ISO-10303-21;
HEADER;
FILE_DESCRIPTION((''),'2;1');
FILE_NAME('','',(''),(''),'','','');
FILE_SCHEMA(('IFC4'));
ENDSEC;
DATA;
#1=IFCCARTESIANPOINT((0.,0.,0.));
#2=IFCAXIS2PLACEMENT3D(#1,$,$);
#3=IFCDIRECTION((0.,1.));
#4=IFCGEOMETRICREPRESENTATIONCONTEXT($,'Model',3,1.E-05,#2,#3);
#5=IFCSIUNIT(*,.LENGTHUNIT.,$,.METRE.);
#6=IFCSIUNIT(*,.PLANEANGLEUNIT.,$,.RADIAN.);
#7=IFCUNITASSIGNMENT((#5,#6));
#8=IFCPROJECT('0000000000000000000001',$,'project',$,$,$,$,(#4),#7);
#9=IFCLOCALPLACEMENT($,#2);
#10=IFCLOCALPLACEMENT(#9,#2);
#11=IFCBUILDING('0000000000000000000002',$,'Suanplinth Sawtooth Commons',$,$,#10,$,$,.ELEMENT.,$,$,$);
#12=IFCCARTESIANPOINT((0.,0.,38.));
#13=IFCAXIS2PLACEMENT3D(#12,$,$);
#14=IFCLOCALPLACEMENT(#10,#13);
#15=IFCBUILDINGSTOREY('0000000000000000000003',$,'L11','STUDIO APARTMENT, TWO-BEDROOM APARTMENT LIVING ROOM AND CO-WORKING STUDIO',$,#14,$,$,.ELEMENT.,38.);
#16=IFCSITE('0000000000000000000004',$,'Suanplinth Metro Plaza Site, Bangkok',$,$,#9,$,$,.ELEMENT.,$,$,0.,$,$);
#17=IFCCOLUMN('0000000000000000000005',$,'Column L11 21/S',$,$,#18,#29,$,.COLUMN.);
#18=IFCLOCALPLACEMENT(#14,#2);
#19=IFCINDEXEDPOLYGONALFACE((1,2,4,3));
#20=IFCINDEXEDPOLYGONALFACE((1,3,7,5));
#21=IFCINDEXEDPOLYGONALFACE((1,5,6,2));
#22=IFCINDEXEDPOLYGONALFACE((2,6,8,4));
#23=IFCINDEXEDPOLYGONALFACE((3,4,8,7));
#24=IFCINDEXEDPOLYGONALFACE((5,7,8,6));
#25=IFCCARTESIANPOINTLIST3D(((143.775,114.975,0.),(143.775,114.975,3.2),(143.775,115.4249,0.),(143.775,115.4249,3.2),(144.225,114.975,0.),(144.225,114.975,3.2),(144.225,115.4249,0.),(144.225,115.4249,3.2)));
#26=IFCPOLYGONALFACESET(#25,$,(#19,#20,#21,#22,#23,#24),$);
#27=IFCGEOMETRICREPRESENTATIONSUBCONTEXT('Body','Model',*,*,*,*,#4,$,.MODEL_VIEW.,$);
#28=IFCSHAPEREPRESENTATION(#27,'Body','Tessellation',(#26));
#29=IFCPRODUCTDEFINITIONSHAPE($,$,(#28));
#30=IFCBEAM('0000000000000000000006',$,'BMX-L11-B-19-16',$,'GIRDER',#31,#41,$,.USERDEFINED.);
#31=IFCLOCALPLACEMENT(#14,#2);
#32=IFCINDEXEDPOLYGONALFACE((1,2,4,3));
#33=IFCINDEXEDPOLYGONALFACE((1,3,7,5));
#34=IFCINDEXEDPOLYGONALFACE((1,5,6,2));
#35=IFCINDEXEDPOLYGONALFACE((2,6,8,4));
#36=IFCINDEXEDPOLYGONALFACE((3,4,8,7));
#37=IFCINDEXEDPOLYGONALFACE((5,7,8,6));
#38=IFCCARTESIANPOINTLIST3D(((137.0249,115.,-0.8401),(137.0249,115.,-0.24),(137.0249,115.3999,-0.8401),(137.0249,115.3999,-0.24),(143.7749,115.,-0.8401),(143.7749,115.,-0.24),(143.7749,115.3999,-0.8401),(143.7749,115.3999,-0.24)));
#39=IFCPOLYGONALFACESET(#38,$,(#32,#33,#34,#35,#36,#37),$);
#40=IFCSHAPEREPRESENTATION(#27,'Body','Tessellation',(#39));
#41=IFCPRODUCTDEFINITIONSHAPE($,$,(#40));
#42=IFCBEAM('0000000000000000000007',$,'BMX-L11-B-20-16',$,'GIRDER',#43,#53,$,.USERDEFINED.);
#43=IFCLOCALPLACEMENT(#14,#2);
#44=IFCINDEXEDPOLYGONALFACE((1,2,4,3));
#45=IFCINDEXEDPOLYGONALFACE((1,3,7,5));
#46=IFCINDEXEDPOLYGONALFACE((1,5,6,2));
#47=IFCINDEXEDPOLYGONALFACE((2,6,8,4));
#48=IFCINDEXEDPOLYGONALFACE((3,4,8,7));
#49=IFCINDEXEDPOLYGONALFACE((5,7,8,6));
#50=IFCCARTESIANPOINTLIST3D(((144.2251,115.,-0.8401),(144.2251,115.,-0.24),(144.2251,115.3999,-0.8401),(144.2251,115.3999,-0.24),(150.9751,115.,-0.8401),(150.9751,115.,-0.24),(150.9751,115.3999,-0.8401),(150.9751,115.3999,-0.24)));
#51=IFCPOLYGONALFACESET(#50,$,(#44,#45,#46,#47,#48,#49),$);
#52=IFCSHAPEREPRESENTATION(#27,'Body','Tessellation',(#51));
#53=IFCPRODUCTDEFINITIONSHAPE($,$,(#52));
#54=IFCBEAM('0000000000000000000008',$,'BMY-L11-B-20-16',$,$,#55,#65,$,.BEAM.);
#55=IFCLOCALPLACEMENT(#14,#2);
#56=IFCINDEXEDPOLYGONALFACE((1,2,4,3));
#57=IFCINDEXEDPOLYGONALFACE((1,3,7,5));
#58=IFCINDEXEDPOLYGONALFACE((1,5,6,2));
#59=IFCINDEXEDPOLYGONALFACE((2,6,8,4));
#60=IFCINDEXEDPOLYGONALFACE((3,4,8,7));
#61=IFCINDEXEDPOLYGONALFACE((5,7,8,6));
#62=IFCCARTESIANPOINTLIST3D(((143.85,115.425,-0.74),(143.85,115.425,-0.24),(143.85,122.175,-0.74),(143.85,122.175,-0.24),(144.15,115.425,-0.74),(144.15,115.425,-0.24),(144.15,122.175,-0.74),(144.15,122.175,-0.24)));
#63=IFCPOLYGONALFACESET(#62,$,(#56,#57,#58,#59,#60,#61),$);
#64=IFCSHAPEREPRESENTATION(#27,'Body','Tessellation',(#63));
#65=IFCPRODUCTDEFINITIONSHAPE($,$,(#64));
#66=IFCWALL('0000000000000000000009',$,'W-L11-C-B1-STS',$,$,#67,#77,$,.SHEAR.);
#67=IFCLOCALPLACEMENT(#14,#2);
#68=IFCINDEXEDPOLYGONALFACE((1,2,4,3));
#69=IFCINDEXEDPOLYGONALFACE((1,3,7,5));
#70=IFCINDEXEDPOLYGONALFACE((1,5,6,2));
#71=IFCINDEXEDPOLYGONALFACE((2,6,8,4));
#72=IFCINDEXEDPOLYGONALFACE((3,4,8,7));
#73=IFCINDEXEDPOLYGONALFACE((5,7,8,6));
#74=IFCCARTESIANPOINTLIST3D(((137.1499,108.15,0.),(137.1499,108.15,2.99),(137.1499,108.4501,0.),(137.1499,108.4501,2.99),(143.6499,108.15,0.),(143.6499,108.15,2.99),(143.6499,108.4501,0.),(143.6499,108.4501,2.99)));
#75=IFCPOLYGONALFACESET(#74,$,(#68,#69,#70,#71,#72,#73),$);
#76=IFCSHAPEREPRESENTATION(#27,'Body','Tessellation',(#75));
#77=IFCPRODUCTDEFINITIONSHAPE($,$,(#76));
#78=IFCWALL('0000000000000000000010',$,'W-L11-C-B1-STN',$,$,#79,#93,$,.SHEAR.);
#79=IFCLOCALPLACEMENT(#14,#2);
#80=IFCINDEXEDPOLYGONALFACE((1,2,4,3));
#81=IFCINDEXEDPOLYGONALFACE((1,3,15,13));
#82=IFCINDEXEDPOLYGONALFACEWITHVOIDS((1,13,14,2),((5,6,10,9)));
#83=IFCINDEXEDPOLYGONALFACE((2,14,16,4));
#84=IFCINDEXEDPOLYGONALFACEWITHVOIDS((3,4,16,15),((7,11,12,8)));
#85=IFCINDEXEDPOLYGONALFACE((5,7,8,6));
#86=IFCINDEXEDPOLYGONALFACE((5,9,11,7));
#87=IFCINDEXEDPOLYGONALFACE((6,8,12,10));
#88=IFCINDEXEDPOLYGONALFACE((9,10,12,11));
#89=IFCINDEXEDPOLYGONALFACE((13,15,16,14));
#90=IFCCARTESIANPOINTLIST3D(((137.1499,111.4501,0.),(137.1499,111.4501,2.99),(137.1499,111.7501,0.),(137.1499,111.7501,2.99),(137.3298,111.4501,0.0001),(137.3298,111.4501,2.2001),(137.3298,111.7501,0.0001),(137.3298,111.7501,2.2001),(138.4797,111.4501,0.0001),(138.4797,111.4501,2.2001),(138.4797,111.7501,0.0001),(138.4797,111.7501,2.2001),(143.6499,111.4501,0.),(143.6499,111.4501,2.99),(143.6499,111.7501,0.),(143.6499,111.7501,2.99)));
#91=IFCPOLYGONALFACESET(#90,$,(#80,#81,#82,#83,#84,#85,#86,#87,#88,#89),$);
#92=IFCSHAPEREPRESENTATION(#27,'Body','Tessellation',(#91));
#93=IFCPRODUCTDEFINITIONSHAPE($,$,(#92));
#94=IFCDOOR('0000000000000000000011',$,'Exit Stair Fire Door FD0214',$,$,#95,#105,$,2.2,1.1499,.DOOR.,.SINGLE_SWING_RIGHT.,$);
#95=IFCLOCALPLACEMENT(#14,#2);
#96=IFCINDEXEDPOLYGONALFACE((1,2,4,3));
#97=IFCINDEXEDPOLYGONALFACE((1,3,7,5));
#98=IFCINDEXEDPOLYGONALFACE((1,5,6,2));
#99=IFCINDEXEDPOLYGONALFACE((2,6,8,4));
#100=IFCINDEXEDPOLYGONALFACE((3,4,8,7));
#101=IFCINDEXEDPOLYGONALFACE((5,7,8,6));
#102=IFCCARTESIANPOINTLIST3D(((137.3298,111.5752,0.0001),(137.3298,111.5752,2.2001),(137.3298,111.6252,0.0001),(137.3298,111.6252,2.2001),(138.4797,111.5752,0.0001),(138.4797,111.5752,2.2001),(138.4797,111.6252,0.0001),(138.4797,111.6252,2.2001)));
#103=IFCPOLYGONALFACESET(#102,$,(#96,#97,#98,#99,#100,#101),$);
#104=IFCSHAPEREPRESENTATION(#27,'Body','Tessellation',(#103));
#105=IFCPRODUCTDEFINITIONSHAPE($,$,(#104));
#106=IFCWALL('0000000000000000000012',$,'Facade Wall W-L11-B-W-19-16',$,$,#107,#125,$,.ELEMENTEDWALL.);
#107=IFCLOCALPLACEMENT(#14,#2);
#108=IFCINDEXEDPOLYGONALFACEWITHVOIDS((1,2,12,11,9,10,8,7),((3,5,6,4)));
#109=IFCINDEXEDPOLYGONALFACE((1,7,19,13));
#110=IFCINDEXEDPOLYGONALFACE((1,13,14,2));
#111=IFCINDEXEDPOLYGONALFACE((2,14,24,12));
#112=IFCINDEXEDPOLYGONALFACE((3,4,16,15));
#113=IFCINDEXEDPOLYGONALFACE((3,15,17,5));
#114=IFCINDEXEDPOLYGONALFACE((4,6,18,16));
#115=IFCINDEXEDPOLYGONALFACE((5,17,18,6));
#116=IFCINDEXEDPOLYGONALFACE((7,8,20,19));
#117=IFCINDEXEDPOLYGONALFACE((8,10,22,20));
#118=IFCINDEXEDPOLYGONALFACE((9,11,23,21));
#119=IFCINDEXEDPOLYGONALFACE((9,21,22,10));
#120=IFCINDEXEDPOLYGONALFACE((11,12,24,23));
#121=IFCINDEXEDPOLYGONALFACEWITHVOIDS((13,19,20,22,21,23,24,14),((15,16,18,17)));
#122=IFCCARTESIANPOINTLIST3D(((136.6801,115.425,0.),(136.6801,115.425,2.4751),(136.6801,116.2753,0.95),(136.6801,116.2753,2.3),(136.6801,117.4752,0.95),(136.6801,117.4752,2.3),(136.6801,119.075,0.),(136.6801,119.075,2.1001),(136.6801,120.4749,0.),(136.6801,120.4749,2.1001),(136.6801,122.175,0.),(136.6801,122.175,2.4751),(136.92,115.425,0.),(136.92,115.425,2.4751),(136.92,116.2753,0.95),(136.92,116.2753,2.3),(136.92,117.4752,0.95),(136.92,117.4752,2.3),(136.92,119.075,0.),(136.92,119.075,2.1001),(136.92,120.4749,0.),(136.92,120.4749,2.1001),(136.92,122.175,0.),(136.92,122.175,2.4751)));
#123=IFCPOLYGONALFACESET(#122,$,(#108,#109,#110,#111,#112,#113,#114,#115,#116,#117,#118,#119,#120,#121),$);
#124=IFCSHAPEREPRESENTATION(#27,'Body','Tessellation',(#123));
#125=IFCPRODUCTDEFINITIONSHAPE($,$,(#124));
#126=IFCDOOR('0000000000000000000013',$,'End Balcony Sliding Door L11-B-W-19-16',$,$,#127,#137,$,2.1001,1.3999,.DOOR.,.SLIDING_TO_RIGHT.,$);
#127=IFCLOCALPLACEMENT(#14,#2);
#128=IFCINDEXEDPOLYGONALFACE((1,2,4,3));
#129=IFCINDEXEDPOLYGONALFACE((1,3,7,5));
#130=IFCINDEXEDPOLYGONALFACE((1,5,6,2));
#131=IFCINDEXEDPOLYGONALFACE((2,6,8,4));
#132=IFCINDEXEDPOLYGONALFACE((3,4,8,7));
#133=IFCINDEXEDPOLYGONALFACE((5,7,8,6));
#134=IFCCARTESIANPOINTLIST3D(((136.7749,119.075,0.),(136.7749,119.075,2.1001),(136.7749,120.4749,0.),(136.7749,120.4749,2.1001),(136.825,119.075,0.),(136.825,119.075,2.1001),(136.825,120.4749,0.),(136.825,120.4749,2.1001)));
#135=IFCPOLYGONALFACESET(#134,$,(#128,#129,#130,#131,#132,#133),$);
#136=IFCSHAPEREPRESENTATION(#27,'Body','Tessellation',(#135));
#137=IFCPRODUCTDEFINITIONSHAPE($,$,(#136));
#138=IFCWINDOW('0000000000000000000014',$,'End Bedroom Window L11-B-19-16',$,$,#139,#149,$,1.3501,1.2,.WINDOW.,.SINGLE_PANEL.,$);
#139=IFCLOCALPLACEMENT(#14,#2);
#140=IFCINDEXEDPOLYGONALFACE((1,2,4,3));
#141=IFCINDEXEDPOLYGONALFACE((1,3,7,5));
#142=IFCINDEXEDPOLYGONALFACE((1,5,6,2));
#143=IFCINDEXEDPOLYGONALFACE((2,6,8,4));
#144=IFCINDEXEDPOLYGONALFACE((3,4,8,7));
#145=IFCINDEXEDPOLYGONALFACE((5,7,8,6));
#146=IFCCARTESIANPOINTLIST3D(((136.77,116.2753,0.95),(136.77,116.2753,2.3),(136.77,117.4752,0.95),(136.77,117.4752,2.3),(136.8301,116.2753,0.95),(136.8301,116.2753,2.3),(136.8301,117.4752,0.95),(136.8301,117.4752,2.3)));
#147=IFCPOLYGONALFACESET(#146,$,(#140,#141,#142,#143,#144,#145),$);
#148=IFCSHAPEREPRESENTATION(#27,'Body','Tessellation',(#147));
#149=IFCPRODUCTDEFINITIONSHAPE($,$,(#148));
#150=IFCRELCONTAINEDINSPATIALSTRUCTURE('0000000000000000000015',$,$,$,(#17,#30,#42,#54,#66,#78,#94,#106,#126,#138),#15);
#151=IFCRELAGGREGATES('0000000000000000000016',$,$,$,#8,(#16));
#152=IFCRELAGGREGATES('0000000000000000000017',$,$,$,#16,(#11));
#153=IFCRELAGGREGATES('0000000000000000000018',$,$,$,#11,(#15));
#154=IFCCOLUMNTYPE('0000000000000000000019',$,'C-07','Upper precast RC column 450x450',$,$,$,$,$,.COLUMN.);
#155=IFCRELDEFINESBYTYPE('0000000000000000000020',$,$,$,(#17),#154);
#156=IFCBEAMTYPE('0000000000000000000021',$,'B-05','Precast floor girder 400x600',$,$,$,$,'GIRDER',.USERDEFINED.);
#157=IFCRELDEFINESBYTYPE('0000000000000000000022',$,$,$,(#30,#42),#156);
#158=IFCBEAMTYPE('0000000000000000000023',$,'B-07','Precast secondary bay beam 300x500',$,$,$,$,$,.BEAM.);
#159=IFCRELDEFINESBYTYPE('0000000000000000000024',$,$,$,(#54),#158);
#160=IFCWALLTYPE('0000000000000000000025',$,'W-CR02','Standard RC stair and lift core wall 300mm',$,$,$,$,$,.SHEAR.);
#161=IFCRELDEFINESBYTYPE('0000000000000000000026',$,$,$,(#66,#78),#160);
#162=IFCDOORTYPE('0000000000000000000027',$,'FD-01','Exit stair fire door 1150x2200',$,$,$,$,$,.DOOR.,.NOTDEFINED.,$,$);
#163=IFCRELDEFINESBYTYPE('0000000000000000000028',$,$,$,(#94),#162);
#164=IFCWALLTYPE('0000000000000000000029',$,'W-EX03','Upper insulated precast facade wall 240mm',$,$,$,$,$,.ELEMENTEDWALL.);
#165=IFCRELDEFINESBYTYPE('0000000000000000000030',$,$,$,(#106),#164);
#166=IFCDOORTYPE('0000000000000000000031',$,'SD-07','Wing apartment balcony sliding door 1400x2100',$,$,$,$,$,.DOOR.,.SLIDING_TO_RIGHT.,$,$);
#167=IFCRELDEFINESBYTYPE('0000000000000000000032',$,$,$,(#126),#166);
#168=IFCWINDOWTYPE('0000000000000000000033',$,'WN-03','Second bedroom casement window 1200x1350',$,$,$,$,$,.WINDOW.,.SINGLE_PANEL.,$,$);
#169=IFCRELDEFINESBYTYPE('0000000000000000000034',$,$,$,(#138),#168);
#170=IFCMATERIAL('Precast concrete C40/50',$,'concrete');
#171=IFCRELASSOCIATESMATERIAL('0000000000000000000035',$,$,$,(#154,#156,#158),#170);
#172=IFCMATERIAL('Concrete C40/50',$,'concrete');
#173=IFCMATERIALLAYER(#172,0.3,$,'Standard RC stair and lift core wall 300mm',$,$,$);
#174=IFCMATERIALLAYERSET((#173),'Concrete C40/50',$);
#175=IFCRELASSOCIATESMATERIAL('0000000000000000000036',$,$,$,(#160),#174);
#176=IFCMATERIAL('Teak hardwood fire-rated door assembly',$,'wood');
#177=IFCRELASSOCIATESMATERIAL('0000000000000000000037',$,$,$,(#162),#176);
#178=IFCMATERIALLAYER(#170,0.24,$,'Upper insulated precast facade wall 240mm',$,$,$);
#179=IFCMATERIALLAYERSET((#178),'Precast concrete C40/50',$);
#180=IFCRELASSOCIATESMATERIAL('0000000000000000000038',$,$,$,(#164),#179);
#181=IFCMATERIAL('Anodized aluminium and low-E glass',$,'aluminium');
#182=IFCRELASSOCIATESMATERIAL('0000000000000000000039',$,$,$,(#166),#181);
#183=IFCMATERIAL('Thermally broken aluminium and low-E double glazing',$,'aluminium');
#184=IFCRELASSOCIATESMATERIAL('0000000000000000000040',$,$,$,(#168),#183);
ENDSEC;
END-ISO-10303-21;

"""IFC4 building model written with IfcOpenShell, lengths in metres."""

from ifc_helpers import new_model, si_unit, direction, frame, frame_2d, origin, origin_2d, place, context, subcontext, project, spatial, rectangle, extrude, material, layer, layer_set, material_profile, profile_set, type_object, element, fill, save


model = new_model("IFC4")

# Units and contexts
model_context = context("Model", 3, precision=1e-05, world=origin(), true_north=direction((0.0, 1.0)))
body_context = subcontext(model_context, "Body", "Model", "MODEL_VIEW")
ifc_project = project(units=[si_unit("LENGTHUNIT", "METRE"), si_unit("PLANEANGLEUNIT", "RADIAN")], contexts=[model_context])

# Site, building, storey
site_placement = place(None, origin())
site = spatial("IfcSite", under=ifc_project, at=site_placement, Name="Suanplinth Metro Plaza Site, Bangkok", CompositionType="ELEMENT", RefElevation=0.0)
building_placement = place(site_placement, origin())
building = spatial("IfcBuilding", under=site, at=building_placement, Name="Suanplinth Sawtooth Commons", CompositionType="ELEMENT")
storey_placement = place(building_placement, frame((0.0, 0.0, 38.0)))
storey = spatial("IfcBuildingStorey", under=building, at=storey_placement, Name="L11", Description="STUDIO APARTMENT, TWO-BEDROOM APARTMENT LIVING ROOM AND CO-WORKING STUDIO", CompositionType="ELEMENT", Elevation=38.0)

# Column
ifc_material_1 = material(Name="Precast concrete C40/50", Category="concrete")
ifc_material_profile_1 = material_profile(ifc_material_1, rectangle(XDim=0.45, YDim=0.45, at=origin_2d()), Name="PC-COL 450x450")
ifc_profile_set_1 = profile_set([ifc_material_profile_1], Name="Precast concrete C40/50")
column_type = type_object("IfcColumnType", Name="C-07", Description="Upper precast RC column 450x450", PredefinedType="COLUMN", material=ifc_profile_set_1)
column_placement = place(storey_placement, frame((144.0, 115.2, 0.0), z_axis=(0.0, 0.0, 1.0), x_axis=(1.0, 0.0, 0.0)))
element("IfcColumn", 1, at=column_placement, inside=storey, type_object=column_type, Name="Column L11 21/S", PredefinedType="COLUMN", context=body_context, shape_type="SweptSolid", body=[
    extrude(rectangle(XDim=0.45, YDim=0.45, at=origin_2d()), origin(), (0.0, 0.0, 1.0), 3.2),
])

# Beams
ifc_material_profile_2 = material_profile(ifc_material_1, rectangle(XDim=0.3999, YDim=0.6001, at=origin_2d()), Name="PC-GDR 400x600")
ifc_profile_set_2 = profile_set([ifc_material_profile_2], Name="Precast concrete C40/50")
beam_type_1 = type_object("IfcBeamType", Name="B-05", Description="Precast floor girder 400x600", ElementType="GIRDER", PredefinedType="USERDEFINED", material=ifc_profile_set_2)
for number, where, z_axis, x_axis, name in (
    (2, (137.0249, 115.2, -0.54), (1.0, 0.0, 0.0), (0.0, 1.0, 0.0), "BMX-L11-B-19-16"),
    (3, (144.2251, 115.2, -0.54), (1.0, 0.0, 0.0), (0.0, 1.0, 0.0), "BMX-L11-B-20-16"),
):
    element("IfcBeam", number, at=place(storey_placement, frame(where, z_axis=z_axis, x_axis=x_axis)), inside=storey, type_object=beam_type_1, Name=name, ObjectType="GIRDER", PredefinedType="USERDEFINED", context=body_context, shape_type="SweptSolid", body=[
        extrude(rectangle(XDim=0.3999, YDim=0.6001, at=origin_2d()), origin(), (0.0, 0.0, 1.0), 6.75),
    ])
ifc_material_profile_3 = material_profile(ifc_material_1, rectangle(XDim=0.3, YDim=0.5, at=origin_2d()), Name="PC-BM 300x500")
ifc_profile_set_3 = profile_set([ifc_material_profile_3], Name="Precast concrete C40/50")
beam_type_2 = type_object("IfcBeamType", Name="B-07", Description="Precast secondary bay beam 300x500", PredefinedType="BEAM", material=ifc_profile_set_3)
beam_placement = place(storey_placement, frame((144.0, 115.425, -0.49), z_axis=(0.0, 1.0, 0.0), x_axis=(-1.0, 0.0, 0.0)))
element("IfcBeam", 4, at=beam_placement, inside=storey, type_object=beam_type_2, Name="BMY-L11-B-20-16", PredefinedType="BEAM", context=body_context, shape_type="SweptSolid", body=[
    extrude(rectangle(XDim=0.3, YDim=0.5, at=origin_2d()), origin(), (0.0, 0.0, 1.0), 6.75),
])

# Wall
ifc_material_2 = material(Name="Concrete C40/50", Category="concrete")
ifc_layer_1 = layer(ifc_material_2, 0.3, Name="Standard RC stair and lift core wall 300mm")
ifc_layer_set_1 = layer_set([ifc_layer_1], Name="Concrete C40/50")
wall_type_1 = type_object("IfcWallType", Name="W-CR02", Description="Standard RC stair and lift core wall 300mm", PredefinedType="SHEAR", material=ifc_layer_set_1)
wall_1_placement = place(storey_placement, frame((137.1499, 108.3, 0.0), z_axis=(0.0, 0.0, 1.0), x_axis=(1.0, 0.0, 0.0)))
element("IfcWall", 5, at=wall_1_placement, inside=storey, type_object=wall_type_1, Name="W-L11-C-B1-STS", PredefinedType="SHEAR", context=body_context, shape_type="SweptSolid", body=[
    extrude(rectangle(XDim=6.5, YDim=0.3, at=frame_2d((3.25, 0.0))), origin(), (0.0, 0.0, 1.0), 2.99),
])

# Wall, opening, door
wall_2_placement = place(storey_placement, frame((137.1499, 111.6001, 0.0), z_axis=(0.0, 0.0, 1.0), x_axis=(1.0, 0.0, 0.0)))
wall_2 = element("IfcWall", 6, at=wall_2_placement, inside=storey, type_object=wall_type_1, Name="W-L11-C-B1-STN", PredefinedType="SHEAR", context=body_context, shape_type="SweptSolid", body=[
    extrude(rectangle(XDim=6.5, YDim=0.3, at=frame_2d((3.25, 0.0))), origin(), (0.0, 0.0, 1.0), 2.99),
])
opening_1_placement = place(wall_2_placement, frame((0.1799, 0.0, 0.0)))
opening_1 = element("IfcOpeningElement", 7, at=opening_1_placement, cuts=wall_2, PredefinedType="OPENING", context=body_context, shape_type="SweptSolid", body=[
    extrude(rectangle(XDim=1.1499, YDim=2.2, at=frame_2d((0.575, 1.1001))), frame((0.0, 0.165, 0.0), z_axis=(0.0, -1.0, 0.0), x_axis=(1.0, 0.0, 0.0)), (0.0, 0.0, 1.0), 0.3298),
])
ifc_material_3 = material(Name="Teak hardwood fire-rated door assembly", Category="wood")
door_type_1 = type_object("IfcDoorType", Name="FD-01", Description="Exit stair fire door 1150x2200", OperationType="NOTDEFINED", PredefinedType="DOOR", material=ifc_material_3)
door_1_placement = place(opening_1_placement, frame((1.1499, 0.0, 0.0), z_axis=(0.0, 0.0, 1.0), x_axis=(-1.0, 0.0, 0.0)))
door_1 = element("IfcDoor", 8, at=door_1_placement, inside=storey, type_object=door_type_1, Name="Exit Stair Fire Door FD0214", OperationType="SINGLE_SWING_RIGHT", OverallHeight=2.2, OverallWidth=1.1499, PredefinedType="DOOR", context=body_context, shape_type="SweptSolid", body=[
    extrude(rectangle(XDim=1.1499, YDim=2.2, at=frame_2d((0.575, 1.1001))), frame((0.0, 0.0249, 0.0), z_axis=(0.0, -1.0, 0.0), x_axis=(1.0, 0.0, 0.0)), (0.0, 0.0, 1.0), 0.05),
])
fill(opening_1, door_1)

# Wall, openings, door, window
ifc_layer_2 = layer(ifc_material_1, 0.24, Name="Upper insulated precast facade wall 240mm")
ifc_layer_set_2 = layer_set([ifc_layer_2], Name="Precast concrete C40/50")
wall_type_2 = type_object("IfcWallType", Name="W-EX03", Description="Upper insulated precast facade wall 240mm", PredefinedType="ELEMENTEDWALL", material=ifc_layer_set_2)
wall_3_placement = place(storey_placement, frame((136.8, 115.425, 0.0), z_axis=(0.0, 0.0, 1.0), x_axis=(0.0, 1.0, 0.0)))
wall_3 = element("IfcWall", 9, at=wall_3_placement, inside=storey, type_object=wall_type_2, Name="Facade Wall W-L11-B-W-19-16", PredefinedType="ELEMENTEDWALL", context=body_context, shape_type="SweptSolid", body=[
    extrude(rectangle(XDim=6.75, YDim=0.24, at=frame_2d((3.375, 0.0))), origin(), (0.0, 0.0, 1.0), 2.4751),
])
opening_2_placement = place(wall_3_placement, frame((3.6499, 0.0, 0.0)))
opening_2 = element("IfcOpeningElement", 10, at=opening_2_placement, cuts=wall_3, PredefinedType="OPENING", context=body_context, shape_type="SweptSolid", body=[
    extrude(rectangle(XDim=1.3999, YDim=2.1001, at=frame_2d((0.7, 1.05))), frame((0.0, 0.1348, 0.0), z_axis=(0.0, -1.0, 0.0), x_axis=(1.0, 0.0, 0.0)), (0.0, 0.0, 1.0), 0.2698),
])
opening_3_placement = place(wall_3_placement, frame((0.8501, 0.0, 0.95)))
opening_3 = element("IfcOpeningElement", 11, at=opening_3_placement, cuts=wall_3, PredefinedType="OPENING", context=body_context, shape_type="SweptSolid", body=[
    extrude(rectangle(XDim=1.2, YDim=1.3501, at=frame_2d((0.6001, 0.675))), frame((0.0, 0.1348, 0.0), z_axis=(0.0, -1.0, 0.0), x_axis=(1.0, 0.0, 0.0)), (0.0, 0.0, 1.0), 0.2698),
])
ifc_material_4 = material(Name="Anodized aluminium and low-E glass", Category="aluminium")
door_type_2 = type_object("IfcDoorType", Name="SD-07", Description="Wing apartment balcony sliding door 1400x2100", OperationType="SLIDING_TO_RIGHT", PredefinedType="DOOR", material=ifc_material_4)
door_2_placement = place(opening_2_placement, frame((1.3999, 0.0, 0.0), z_axis=(0.0, 0.0, 1.0), x_axis=(-1.0, 0.0, 0.0)))
door_2 = element("IfcDoor", 12, at=door_2_placement, inside=storey, type_object=door_type_2, Name="End Balcony Sliding Door L11-B-W-19-16", OperationType="SLIDING_TO_RIGHT", OverallHeight=2.1001, OverallWidth=1.3999, PredefinedType="DOOR", context=body_context, shape_type="SweptSolid", body=[
    extrude(rectangle(XDim=1.3999, YDim=2.1001, at=frame_2d((0.7, 1.05))), frame((0.0, 0.0249, 0.0), z_axis=(0.0, -1.0, 0.0), x_axis=(1.0, 0.0, 0.0)), (0.0, 0.0, 1.0), 0.05),
])
fill(opening_2, door_2)
ifc_material_5 = material(Name="Thermally broken aluminium and low-E double glazing", Category="aluminium")
window_type = type_object("IfcWindowType", Name="WN-03", Description="Second bedroom casement window 1200x1350", PartitioningType="SINGLE_PANEL", PredefinedType="WINDOW", material=ifc_material_5)
window_placement = place(opening_3_placement, origin())
window = element("IfcWindow", 13, at=window_placement, inside=storey, type_object=window_type, Name="End Bedroom Window L11-B-19-16", OverallHeight=1.3501, OverallWidth=1.2, PartitioningType="SINGLE_PANEL", PredefinedType="WINDOW", context=body_context, shape_type="SweptSolid", body=[
    extrude(rectangle(XDim=1.2, YDim=1.3501, at=frame_2d((0.6001, 0.675))), frame((0.0, 0.03, 0.0), z_axis=(0.0, -1.0, 0.0), x_axis=(1.0, 0.0, 0.0)), (0.0, 0.0, 1.0), 0.0601),
])
fill(opening_3, window)

save(model, "model.ifc")
